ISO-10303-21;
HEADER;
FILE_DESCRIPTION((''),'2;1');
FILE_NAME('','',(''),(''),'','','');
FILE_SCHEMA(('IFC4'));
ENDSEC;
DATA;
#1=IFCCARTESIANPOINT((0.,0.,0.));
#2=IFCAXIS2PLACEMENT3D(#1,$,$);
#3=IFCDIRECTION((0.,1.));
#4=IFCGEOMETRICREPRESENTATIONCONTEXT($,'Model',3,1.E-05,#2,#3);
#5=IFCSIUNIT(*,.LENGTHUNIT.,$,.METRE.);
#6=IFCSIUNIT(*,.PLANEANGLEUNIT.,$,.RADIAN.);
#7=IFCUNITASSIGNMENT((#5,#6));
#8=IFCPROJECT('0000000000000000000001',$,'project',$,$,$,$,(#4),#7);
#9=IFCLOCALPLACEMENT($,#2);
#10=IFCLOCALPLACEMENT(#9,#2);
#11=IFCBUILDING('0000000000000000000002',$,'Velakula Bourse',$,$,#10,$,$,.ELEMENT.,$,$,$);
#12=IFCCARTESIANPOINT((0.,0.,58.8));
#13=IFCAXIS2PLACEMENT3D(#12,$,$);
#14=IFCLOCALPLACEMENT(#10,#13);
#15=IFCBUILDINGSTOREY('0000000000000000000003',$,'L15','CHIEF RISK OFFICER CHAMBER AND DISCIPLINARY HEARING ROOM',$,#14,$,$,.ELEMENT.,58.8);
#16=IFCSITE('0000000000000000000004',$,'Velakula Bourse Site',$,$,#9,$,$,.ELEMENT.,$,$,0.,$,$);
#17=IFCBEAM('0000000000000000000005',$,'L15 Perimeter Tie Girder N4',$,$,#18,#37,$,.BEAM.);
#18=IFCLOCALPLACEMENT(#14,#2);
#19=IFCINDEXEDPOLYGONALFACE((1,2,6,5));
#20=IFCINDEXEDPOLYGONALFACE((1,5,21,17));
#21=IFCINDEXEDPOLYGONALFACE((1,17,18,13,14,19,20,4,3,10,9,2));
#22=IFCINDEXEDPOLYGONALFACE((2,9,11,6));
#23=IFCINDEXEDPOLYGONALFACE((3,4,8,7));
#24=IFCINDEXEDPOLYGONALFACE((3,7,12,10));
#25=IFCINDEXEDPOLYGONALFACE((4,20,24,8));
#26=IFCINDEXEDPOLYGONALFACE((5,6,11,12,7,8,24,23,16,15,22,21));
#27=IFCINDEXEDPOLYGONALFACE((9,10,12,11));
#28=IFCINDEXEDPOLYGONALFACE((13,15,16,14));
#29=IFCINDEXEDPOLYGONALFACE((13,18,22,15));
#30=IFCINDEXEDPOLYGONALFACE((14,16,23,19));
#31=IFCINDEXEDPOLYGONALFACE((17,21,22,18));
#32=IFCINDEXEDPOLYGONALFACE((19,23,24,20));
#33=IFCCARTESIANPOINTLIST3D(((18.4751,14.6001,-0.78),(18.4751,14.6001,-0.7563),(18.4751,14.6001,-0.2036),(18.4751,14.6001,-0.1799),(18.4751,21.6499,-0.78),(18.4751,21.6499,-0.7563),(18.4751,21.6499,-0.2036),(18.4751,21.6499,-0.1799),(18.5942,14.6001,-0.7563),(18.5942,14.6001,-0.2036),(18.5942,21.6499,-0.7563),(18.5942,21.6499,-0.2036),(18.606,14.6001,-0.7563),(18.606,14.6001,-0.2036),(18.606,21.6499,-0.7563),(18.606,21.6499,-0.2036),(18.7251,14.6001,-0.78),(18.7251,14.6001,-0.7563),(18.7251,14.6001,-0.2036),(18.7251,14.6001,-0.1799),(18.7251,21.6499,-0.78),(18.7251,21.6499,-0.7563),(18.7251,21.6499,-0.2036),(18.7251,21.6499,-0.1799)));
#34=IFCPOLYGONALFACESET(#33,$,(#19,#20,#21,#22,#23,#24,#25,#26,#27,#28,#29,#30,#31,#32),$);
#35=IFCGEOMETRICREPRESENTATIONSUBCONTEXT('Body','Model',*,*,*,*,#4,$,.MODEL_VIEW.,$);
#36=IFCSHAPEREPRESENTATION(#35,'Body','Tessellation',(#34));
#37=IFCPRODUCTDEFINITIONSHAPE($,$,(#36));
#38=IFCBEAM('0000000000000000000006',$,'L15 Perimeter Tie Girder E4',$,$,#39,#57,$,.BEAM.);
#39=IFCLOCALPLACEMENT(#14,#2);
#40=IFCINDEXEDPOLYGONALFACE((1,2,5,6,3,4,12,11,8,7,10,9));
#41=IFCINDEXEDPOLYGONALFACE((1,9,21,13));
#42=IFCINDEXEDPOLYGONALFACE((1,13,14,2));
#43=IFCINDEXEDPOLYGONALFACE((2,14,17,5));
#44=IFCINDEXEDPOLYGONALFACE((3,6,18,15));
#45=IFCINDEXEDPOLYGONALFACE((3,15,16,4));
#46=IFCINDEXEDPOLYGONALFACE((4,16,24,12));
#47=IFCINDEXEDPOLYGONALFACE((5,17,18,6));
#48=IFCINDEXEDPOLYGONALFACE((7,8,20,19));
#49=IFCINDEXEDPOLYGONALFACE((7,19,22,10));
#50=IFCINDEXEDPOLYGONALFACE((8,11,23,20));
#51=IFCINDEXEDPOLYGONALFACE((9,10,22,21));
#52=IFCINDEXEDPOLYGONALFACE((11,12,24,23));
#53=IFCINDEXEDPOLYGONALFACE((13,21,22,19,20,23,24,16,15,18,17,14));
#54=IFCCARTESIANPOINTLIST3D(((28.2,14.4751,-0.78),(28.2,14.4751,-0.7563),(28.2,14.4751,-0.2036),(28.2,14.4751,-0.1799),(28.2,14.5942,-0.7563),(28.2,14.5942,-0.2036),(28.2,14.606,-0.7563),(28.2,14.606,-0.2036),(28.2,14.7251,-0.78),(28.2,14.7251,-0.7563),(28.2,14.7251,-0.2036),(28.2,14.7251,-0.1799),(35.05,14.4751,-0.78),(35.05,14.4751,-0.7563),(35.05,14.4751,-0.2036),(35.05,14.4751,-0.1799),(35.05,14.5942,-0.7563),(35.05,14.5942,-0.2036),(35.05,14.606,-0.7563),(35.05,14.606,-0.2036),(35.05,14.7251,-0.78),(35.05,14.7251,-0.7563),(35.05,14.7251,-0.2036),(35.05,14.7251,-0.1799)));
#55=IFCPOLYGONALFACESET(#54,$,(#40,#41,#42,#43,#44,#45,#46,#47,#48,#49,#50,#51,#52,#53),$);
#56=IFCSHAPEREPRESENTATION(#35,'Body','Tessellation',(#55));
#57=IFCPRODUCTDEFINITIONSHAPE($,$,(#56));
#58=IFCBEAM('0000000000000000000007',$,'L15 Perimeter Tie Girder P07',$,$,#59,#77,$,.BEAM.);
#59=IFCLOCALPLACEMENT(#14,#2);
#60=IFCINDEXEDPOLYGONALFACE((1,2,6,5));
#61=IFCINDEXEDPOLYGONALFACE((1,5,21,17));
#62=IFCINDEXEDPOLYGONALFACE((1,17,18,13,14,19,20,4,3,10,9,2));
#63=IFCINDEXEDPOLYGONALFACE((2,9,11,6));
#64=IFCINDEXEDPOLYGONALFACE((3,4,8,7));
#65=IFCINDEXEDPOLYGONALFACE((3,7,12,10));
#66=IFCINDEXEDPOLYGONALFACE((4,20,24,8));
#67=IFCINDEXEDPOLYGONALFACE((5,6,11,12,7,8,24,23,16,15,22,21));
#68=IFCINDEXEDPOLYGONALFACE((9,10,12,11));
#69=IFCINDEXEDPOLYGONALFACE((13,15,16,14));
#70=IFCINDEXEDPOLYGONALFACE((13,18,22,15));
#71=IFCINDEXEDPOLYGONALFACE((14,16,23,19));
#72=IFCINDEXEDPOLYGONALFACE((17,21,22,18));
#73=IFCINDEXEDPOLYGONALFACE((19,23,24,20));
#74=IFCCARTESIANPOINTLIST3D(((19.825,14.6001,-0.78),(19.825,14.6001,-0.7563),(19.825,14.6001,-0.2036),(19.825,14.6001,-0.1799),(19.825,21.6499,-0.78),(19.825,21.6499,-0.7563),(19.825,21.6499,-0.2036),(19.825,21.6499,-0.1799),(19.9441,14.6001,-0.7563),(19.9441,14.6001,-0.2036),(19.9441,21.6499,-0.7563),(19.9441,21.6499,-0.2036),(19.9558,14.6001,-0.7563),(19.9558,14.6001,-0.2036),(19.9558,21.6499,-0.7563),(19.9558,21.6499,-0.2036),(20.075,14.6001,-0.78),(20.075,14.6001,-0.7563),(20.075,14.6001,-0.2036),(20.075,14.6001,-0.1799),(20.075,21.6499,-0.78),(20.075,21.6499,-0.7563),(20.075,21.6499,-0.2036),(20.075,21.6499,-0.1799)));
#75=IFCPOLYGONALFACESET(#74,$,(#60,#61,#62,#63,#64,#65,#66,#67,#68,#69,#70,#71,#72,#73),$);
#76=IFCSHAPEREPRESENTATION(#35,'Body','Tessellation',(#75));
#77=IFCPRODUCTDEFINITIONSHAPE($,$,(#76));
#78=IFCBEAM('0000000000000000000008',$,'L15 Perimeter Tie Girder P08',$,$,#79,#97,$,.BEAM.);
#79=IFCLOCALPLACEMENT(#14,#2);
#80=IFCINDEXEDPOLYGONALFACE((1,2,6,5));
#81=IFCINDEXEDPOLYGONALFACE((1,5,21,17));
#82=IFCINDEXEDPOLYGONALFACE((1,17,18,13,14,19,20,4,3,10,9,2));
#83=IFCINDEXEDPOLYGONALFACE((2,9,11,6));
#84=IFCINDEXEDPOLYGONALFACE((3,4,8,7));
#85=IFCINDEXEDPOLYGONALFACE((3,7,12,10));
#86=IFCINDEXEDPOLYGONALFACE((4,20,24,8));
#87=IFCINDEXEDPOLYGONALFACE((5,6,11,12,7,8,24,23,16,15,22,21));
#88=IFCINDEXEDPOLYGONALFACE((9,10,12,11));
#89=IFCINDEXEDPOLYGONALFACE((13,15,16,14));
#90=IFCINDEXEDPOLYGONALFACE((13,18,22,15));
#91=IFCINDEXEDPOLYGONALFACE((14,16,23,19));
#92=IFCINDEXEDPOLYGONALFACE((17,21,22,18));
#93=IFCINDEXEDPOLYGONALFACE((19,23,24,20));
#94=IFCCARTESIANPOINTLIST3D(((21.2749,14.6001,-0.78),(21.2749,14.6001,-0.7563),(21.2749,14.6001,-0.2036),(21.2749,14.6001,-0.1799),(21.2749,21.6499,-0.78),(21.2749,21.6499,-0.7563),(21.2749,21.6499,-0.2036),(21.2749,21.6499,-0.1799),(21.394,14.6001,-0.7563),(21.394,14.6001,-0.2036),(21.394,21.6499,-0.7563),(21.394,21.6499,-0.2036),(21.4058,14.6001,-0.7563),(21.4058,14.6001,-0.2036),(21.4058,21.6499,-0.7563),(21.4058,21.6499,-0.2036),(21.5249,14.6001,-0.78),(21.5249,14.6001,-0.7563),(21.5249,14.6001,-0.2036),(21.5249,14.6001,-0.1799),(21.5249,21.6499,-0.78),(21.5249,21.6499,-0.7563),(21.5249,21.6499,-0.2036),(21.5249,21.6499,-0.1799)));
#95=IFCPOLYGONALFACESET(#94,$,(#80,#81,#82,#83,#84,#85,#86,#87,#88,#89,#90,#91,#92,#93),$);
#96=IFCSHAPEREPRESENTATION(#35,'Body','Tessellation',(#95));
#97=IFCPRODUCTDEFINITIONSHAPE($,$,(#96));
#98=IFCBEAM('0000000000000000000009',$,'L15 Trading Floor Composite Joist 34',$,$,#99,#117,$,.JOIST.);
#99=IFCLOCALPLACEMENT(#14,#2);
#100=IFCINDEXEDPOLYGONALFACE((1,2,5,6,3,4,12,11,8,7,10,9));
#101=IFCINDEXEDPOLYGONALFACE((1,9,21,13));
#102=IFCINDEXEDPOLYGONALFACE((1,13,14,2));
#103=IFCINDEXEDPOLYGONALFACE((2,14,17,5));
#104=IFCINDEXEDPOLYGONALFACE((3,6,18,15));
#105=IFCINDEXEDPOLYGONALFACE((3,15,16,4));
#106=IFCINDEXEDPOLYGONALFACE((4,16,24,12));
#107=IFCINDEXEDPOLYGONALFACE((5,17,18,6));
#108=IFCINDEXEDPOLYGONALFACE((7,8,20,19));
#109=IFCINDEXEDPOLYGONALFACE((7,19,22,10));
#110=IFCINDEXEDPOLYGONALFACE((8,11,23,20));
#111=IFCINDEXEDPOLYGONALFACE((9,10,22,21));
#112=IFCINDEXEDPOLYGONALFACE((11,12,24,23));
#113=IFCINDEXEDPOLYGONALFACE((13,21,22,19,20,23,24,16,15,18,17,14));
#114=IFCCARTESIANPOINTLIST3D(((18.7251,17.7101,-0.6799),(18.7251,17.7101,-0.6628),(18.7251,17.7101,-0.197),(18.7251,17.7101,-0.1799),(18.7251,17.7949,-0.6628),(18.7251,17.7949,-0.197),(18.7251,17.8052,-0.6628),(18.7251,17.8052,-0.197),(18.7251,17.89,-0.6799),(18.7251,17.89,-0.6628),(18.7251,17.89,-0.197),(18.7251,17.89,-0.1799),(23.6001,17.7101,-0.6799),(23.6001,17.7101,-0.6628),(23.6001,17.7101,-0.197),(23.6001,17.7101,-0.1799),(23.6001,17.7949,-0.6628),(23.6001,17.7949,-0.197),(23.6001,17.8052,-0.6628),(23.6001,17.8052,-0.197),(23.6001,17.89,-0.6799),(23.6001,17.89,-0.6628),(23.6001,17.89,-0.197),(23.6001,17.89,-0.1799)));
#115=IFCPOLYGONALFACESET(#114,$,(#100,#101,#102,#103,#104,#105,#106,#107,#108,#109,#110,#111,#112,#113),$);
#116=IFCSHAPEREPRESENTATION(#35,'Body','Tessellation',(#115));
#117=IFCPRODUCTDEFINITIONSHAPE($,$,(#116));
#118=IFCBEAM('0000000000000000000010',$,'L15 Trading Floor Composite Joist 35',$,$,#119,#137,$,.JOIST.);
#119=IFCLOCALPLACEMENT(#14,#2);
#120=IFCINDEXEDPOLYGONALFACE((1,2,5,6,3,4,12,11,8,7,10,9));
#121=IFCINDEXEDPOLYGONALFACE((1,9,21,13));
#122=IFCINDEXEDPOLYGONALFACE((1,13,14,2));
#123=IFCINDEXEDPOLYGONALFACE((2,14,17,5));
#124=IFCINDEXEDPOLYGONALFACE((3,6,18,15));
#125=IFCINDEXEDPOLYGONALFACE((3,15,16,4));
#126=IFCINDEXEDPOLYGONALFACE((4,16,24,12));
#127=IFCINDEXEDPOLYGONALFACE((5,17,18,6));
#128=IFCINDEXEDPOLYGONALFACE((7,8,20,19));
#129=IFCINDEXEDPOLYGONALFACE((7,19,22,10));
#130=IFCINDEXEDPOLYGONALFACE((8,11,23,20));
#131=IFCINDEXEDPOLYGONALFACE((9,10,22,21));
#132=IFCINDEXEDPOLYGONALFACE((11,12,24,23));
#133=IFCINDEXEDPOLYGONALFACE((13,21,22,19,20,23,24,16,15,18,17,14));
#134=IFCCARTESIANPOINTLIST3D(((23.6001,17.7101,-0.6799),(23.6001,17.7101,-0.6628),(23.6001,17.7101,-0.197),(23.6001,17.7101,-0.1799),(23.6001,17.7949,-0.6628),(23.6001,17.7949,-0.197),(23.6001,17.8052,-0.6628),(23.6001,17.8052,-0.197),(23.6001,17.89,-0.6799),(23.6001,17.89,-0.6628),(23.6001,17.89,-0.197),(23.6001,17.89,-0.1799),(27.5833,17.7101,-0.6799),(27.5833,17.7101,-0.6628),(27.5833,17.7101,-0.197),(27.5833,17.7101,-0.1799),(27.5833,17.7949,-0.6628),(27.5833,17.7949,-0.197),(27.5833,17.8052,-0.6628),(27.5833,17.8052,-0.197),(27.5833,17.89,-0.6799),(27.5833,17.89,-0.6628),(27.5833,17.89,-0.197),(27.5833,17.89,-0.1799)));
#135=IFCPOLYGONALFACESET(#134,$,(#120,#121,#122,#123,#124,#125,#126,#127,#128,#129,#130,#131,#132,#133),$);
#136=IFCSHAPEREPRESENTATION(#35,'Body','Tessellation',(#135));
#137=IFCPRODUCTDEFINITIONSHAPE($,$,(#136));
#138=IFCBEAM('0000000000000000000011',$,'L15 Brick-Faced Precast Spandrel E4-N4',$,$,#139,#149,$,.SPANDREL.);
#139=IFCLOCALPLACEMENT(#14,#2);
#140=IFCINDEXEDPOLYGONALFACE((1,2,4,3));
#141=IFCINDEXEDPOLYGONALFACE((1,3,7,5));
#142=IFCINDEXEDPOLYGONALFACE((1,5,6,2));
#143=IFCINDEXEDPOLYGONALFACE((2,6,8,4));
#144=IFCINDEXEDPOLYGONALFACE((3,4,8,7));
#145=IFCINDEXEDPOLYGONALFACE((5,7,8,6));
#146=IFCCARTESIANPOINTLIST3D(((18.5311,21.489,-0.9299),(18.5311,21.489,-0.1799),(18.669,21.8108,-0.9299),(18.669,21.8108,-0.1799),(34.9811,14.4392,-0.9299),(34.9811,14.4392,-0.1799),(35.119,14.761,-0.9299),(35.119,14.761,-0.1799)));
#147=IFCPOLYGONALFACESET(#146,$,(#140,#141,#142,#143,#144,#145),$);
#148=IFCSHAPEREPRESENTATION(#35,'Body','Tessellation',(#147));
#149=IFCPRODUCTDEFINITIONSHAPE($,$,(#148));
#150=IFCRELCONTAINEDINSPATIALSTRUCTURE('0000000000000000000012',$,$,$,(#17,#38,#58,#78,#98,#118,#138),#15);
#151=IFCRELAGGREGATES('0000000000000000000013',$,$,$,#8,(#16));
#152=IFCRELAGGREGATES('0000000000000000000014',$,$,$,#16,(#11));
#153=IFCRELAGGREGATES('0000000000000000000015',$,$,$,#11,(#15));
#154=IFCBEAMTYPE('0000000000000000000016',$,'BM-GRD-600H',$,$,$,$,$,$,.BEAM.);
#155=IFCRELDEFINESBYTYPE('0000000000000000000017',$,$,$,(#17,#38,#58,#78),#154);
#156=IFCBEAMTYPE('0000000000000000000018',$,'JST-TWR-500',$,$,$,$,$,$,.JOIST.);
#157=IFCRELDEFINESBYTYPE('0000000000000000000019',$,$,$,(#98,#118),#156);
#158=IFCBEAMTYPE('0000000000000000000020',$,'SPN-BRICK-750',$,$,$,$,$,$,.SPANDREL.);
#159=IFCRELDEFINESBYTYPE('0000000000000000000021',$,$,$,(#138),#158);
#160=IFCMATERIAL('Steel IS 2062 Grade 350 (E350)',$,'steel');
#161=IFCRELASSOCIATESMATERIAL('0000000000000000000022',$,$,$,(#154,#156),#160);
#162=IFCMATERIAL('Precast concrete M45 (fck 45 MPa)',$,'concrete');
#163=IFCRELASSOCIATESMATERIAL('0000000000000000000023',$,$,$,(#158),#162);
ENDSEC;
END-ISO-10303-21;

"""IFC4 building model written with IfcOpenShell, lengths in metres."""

from ifc_helpers import new_model, si_unit, direction, frame, origin, origin_2d, place, context, subcontext, project, spatial, rectangle, i_section, extrude, material, material_profile, profile_set, type_object, element, save


model = new_model("IFC4")

# Units and contexts
model_context = context("Model", 3, precision=1e-05, world=origin(), true_north=direction((0.0, 1.0)))
body_context = subcontext(model_context, "Body", "Model", "MODEL_VIEW")
ifc_project = project(units=[si_unit("LENGTHUNIT", "METRE"), si_unit("PLANEANGLEUNIT", "RADIAN")], contexts=[model_context])

# Site, building, storey
site_placement = place(None, origin())
site = spatial("IfcSite", under=ifc_project, at=site_placement, Name="Velakula Bourse Site", CompositionType="ELEMENT", RefElevation=0.0)
building_placement = place(site_placement, origin())
building = spatial("IfcBuilding", under=site, at=building_placement, Name="Velakula Bourse", CompositionType="ELEMENT")
storey_placement = place(building_placement, frame((0.0, 0.0, 58.8)))
storey = spatial("IfcBuildingStorey", under=building, at=storey_placement, Name="L15", Description="CHIEF RISK OFFICER CHAMBER AND DISCIPLINARY HEARING ROOM", CompositionType="ELEMENT", Elevation=58.8)

# Shared definitions
ifc_material_1 = material(Name="Precast concrete M45 (fck 45 MPa)", Category="concrete")

# Beams
ifc_material_2 = material(Name="Steel IS 2062 Grade 350 (E350)", Category="steel")
ifc_material_profile_1 = material_profile(ifc_material_2, i_section(OverallWidth=0.25, OverallDepth=0.6001, WebThickness=0.0117, FlangeThickness=0.0237, at=origin_2d()), Name="Steel IS 2062 Grade 350 (E350)")
ifc_profile_set_1 = profile_set([ifc_material_profile_1], Name="Steel IS 2062 Grade 350 (E350)")
beam_type_1 = type_object("IfcBeamType", Name="BM-GRD-600H", PredefinedType="BEAM", material=ifc_profile_set_1)
beam_1_placement = place(storey_placement, frame((18.6001, 14.6001, -0.48), z_axis=(0.0, 1.0, 0.0), x_axis=(-1.0, 0.0, 0.0)))
element("IfcBeam", 1, at=beam_1_placement, inside=storey, type_object=beam_type_1, Name="L15 Perimeter Tie Girder N4", PredefinedType="BEAM", context=body_context, shape_type="SweptSolid", body=[
    extrude(i_section(OverallWidth=0.25, OverallDepth=0.6001, WebThickness=0.0117, FlangeThickness=0.0237, at=origin_2d()), origin(), (0.0, 0.0, 1.0), 7.0498),
])
beam_2_placement = place(storey_placement, frame((28.2, 14.6001, -0.48), z_axis=(1.0, 0.0, 0.0), x_axis=(0.0, 1.0, 0.0)))
element("IfcBeam", 2, at=beam_2_placement, inside=storey, type_object=beam_type_1, Name="L15 Perimeter Tie Girder E4", PredefinedType="BEAM", context=body_context, shape_type="SweptSolid", body=[
    extrude(i_section(OverallWidth=0.25, OverallDepth=0.6001, WebThickness=0.0117, FlangeThickness=0.0237, at=origin_2d()), origin(), (0.0, 0.0, 1.0), 6.8501),
])
for number, where, z_axis, x_axis, name in (
    (3, (19.95, 14.6001, -0.48), (0.0, 1.0, 0.0), (-1.0, 0.0, 0.0), "L15 Perimeter Tie Girder P07"),
    (4, (21.3999, 14.6001, -0.48), (0.0, 1.0, 0.0), (-1.0, 0.0, 0.0), "L15 Perimeter Tie Girder P08"),
):
    element("IfcBeam", number, at=place(storey_placement, frame(where, z_axis=z_axis, x_axis=x_axis)), inside=storey, type_object=beam_type_1, Name=name, PredefinedType="BEAM", context=body_context, shape_type="SweptSolid", body=[
        extrude(i_section(OverallWidth=0.25, OverallDepth=0.6001, WebThickness=0.0117, FlangeThickness=0.0237, at=origin_2d()), origin(), (0.0, 0.0, 1.0), 7.0498),
    ])
ifc_material_profile_2 = material_profile(ifc_material_2, i_section(OverallWidth=0.1799, OverallDepth=0.5, WebThickness=0.0103, FlangeThickness=0.0171, at=origin_2d()), Name="Steel IS 2062 Grade 350 (E350)")
ifc_profile_set_2 = profile_set([ifc_material_profile_2], Name="Steel IS 2062 Grade 350 (E350)")
beam_type_2 = type_object("IfcBeamType", Name="JST-TWR-500", PredefinedType="JOIST", material=ifc_profile_set_2)
beam_3_placement = place(storey_placement, frame((18.7251, 17.8, -0.4299), z_axis=(1.0, 0.0, 0.0), x_axis=(0.0, 1.0, 0.0)))
element("IfcBeam", 5, at=beam_3_placement, inside=storey, type_object=beam_type_2, Name="L15 Trading Floor Composite Joist 34", PredefinedType="JOIST", context=body_context, shape_type="SweptSolid", body=[
    extrude(i_section(OverallWidth=0.1799, OverallDepth=0.5, WebThickness=0.0103, FlangeThickness=0.0171, at=origin_2d()), origin(), (0.0, 0.0, 1.0), 4.875),
])
beam_4_placement = place(storey_placement, frame((23.6001, 17.8, -0.4299), z_axis=(1.0, 0.0, 0.0), x_axis=(0.0, 1.0, 0.0)))
element("IfcBeam", 6, at=beam_4_placement, inside=storey, type_object=beam_type_2, Name="L15 Trading Floor Composite Joist 35", PredefinedType="JOIST", context=body_context, shape_type="SweptSolid", body=[
    extrude(i_section(OverallWidth=0.1799, OverallDepth=0.5, WebThickness=0.0103, FlangeThickness=0.0171, at=origin_2d()), origin(), (0.0, 0.0, 1.0), 3.9832),
])
ifc_material_profile_3 = material_profile(ifc_material_1, rectangle(XDim=0.3501, YDim=0.75, at=origin_2d()), Name="Precast concrete M45 (fck 45 MPa)")
ifc_profile_set_3 = profile_set([ifc_material_profile_3], Name="Precast concrete M45 (fck 45 MPa)")
beam_type_3 = type_object("IfcBeamType", Name="SPN-BRICK-750", PredefinedType="SPANDREL", material=ifc_profile_set_3)
beam_5_placement = place(storey_placement, frame((35.05, 14.6001, -0.5549), z_axis=(-0.919149, 0.393911, 0.0), x_axis=(-0.393911, -0.919149, 0.0)))
element("IfcBeam", 7, at=beam_5_placement, inside=storey, type_object=beam_type_3, Name="L15 Brick-Faced Precast Spandrel E4-N4", PredefinedType="SPANDREL", context=body_context, shape_type="SweptSolid", body=[
    extrude(rectangle(XDim=0.3501, YDim=0.75, at=origin_2d()), origin(), (0.0, 0.0, 1.0), 17.897),
])

save(model, "model.ifc")
